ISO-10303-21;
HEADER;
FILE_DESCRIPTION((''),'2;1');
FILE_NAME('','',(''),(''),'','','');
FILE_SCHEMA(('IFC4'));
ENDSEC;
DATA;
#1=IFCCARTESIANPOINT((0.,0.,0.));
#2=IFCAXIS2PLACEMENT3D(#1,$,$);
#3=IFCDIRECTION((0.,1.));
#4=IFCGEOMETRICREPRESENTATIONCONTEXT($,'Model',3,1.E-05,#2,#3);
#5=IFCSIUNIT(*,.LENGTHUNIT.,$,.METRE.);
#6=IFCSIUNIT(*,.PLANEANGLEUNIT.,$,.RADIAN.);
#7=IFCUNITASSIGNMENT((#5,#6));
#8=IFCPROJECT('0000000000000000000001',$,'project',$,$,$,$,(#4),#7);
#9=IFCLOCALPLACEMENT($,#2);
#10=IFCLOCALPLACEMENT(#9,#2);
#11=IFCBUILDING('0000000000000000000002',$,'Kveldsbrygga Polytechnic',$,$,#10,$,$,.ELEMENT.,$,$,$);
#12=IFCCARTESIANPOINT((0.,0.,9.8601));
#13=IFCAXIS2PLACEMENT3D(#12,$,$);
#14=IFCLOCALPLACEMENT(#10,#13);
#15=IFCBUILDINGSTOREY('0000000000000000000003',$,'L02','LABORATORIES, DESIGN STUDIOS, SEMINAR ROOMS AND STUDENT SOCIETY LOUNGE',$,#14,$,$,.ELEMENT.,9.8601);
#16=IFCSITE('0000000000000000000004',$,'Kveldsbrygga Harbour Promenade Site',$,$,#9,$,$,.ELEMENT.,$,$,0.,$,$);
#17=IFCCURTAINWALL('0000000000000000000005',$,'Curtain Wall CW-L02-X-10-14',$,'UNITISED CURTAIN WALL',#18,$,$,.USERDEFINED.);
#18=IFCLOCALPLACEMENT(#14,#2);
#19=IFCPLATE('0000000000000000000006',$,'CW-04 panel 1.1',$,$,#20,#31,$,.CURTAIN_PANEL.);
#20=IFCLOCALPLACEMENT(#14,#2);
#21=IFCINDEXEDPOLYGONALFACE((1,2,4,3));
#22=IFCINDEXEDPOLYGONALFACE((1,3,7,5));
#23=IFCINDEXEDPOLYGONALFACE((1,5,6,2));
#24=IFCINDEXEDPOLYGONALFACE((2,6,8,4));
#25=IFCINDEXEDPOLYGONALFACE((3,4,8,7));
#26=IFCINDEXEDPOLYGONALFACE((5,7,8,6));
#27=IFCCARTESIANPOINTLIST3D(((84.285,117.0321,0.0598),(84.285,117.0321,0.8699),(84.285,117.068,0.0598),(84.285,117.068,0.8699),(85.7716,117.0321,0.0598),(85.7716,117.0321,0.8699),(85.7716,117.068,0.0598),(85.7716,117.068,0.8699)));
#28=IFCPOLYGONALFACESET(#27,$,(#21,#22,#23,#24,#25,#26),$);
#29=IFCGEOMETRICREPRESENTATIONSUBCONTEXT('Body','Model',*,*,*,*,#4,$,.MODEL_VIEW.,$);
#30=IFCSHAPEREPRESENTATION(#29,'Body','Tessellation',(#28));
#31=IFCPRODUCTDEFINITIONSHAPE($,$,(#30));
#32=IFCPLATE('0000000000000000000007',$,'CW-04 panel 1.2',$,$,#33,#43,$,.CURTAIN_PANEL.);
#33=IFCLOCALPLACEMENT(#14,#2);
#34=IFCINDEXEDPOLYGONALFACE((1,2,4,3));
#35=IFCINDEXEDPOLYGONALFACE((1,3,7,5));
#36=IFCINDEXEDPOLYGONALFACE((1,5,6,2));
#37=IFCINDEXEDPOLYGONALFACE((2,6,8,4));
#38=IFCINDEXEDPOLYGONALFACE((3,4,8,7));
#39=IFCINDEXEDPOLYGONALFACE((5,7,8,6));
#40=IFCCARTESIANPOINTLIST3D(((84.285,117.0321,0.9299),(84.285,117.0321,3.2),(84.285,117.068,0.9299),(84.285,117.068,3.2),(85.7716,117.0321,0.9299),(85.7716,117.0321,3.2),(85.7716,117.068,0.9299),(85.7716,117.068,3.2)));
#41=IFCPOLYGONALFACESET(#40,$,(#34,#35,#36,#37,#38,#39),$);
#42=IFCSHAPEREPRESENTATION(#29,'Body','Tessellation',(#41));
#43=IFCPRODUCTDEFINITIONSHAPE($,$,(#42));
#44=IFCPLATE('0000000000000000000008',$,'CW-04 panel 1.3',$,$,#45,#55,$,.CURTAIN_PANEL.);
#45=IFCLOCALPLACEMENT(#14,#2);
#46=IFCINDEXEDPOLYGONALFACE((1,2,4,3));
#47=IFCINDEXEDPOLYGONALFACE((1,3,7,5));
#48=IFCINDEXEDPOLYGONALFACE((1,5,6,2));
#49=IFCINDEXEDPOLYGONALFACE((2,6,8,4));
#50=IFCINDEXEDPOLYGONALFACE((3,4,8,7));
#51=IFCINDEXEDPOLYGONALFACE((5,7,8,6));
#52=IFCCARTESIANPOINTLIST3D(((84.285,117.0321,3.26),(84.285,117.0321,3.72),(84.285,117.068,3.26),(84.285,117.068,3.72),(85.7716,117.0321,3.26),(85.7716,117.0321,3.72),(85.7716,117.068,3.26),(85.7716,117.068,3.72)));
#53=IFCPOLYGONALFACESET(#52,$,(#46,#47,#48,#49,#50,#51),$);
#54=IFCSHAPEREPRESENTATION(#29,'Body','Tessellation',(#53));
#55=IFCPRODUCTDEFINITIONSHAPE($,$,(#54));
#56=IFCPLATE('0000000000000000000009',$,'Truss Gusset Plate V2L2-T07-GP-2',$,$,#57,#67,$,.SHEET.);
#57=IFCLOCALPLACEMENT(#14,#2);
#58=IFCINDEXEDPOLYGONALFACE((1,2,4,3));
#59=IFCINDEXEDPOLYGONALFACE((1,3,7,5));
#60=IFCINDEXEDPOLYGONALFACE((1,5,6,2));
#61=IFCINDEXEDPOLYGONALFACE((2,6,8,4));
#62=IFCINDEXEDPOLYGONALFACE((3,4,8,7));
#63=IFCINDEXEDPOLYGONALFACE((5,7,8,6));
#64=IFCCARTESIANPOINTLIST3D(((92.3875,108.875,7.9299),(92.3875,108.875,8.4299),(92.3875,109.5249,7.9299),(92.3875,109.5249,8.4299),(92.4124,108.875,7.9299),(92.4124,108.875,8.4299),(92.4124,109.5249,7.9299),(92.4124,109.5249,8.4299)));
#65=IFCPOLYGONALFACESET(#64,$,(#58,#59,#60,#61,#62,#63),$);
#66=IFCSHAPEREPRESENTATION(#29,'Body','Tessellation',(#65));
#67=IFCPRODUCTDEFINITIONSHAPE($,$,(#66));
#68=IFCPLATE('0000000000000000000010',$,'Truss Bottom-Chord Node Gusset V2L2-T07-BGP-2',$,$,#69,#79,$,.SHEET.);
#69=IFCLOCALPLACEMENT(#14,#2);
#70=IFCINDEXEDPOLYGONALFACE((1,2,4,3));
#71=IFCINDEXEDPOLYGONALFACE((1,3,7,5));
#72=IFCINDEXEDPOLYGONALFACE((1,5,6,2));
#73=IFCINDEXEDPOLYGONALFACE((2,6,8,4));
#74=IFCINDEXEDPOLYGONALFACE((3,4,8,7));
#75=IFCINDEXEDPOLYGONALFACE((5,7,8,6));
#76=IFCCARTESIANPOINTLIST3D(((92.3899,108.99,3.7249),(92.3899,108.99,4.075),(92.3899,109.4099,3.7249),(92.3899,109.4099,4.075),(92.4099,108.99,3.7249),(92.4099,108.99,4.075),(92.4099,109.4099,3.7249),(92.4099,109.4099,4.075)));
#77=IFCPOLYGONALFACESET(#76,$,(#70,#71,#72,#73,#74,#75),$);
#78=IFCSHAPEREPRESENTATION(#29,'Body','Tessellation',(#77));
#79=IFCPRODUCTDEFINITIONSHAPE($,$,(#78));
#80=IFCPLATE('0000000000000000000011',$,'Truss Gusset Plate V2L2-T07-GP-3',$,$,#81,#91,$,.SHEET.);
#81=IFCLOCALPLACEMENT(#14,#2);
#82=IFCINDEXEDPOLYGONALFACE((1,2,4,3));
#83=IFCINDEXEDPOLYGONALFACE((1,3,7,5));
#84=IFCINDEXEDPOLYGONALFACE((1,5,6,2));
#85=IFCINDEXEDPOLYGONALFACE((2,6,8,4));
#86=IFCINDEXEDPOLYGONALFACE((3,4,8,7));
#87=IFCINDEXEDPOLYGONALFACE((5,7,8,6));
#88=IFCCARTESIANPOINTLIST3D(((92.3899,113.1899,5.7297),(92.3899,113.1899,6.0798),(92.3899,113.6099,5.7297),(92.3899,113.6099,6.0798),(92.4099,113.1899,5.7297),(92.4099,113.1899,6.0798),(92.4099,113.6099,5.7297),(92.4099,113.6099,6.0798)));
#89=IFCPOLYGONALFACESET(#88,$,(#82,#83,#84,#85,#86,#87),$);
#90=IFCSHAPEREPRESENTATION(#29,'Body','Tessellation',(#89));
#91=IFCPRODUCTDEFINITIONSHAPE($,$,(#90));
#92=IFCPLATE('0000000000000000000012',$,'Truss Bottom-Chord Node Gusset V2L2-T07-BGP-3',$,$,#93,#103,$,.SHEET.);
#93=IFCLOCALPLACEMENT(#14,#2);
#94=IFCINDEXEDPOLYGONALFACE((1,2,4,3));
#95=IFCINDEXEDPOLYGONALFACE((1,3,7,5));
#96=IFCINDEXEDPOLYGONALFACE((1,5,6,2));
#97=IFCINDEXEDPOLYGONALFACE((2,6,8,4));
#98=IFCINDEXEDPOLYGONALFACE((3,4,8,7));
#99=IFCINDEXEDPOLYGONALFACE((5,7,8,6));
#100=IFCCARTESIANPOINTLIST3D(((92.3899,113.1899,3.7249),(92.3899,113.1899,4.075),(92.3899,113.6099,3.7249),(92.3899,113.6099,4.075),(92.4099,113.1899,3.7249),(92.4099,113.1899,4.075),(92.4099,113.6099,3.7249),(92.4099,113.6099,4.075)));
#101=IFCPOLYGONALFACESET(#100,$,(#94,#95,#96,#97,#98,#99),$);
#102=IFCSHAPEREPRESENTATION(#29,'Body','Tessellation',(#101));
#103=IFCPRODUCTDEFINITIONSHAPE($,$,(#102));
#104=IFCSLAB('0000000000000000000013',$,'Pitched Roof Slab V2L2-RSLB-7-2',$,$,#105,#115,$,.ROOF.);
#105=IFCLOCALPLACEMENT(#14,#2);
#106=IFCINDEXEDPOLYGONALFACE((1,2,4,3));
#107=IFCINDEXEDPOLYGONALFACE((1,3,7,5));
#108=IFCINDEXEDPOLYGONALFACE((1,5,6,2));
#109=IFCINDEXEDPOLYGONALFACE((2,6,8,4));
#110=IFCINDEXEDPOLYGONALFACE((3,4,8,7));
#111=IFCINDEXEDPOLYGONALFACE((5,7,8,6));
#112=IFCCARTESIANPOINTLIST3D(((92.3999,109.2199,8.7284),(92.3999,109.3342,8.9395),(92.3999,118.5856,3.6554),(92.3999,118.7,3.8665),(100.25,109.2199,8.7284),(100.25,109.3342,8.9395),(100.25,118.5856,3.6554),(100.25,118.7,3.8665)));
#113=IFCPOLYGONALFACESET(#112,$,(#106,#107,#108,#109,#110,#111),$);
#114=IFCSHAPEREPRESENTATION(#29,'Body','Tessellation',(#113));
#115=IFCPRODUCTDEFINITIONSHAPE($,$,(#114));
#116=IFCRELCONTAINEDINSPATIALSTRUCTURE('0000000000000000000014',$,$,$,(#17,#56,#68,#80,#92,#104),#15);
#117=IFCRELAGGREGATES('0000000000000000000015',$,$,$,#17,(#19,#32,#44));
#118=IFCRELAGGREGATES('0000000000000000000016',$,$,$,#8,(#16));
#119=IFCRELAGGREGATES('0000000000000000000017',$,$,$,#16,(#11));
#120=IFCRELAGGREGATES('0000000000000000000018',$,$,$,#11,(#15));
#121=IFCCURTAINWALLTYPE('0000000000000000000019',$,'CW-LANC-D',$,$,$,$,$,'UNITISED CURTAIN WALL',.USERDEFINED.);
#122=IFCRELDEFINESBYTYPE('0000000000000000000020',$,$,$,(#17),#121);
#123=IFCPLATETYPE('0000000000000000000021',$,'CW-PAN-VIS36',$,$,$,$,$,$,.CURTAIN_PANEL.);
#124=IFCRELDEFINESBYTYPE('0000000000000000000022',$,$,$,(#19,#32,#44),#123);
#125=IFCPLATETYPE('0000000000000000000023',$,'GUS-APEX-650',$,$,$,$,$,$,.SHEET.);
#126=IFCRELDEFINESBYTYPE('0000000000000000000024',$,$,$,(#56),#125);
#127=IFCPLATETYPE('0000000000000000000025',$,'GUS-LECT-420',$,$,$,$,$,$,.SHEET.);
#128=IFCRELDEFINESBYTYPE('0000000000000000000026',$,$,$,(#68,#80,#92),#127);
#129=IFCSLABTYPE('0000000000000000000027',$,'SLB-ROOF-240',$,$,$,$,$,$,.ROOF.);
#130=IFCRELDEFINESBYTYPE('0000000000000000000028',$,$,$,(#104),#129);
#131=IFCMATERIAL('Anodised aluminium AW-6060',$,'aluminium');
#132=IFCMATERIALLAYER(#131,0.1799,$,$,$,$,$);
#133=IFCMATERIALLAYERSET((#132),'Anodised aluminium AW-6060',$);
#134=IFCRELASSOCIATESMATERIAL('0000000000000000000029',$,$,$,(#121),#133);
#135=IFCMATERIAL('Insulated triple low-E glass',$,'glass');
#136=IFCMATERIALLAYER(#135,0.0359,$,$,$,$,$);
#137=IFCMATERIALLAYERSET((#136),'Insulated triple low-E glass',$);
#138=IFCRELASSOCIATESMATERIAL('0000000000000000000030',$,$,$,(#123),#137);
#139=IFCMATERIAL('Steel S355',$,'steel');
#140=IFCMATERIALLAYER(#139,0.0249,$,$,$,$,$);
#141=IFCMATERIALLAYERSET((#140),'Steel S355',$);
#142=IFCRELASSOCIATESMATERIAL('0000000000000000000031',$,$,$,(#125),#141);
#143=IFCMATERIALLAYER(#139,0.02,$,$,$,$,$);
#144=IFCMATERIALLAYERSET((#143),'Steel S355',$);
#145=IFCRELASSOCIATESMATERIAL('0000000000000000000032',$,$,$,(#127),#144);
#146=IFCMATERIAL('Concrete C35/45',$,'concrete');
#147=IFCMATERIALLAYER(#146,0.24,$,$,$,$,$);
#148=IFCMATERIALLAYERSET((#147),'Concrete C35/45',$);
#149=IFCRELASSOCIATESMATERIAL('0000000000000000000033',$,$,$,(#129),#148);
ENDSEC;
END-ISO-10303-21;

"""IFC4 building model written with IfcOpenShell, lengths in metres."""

from ifc_helpers import new_model, si_unit, direction, frame, origin, origin_2d, place, context, subcontext, project, spatial, polyline, rectangle, outline, extrude, material, layer, layer_set, type_object, element, aggregate, save


model = new_model("IFC4")

# Units and contexts
model_context = context("Model", 3, precision=1e-05, world=origin(), true_north=direction((0.0, 1.0)))
body_context = subcontext(model_context, "Body", "Model", "MODEL_VIEW")
ifc_project = project(units=[si_unit("LENGTHUNIT", "METRE"), si_unit("PLANEANGLEUNIT", "RADIAN")], contexts=[model_context])

# Site, building, storey
site_placement = place(None, origin())
site = spatial("IfcSite", under=ifc_project, at=site_placement, Name="Kveldsbrygga Harbour Promenade Site", CompositionType="ELEMENT", RefElevation=0.0)
building_placement = place(site_placement, origin())
building = spatial("IfcBuilding", under=site, at=building_placement, Name="Kveldsbrygga Polytechnic", CompositionType="ELEMENT")
storey_placement = place(building_placement, frame((0.0, 0.0, 9.8601)))
storey = spatial("IfcBuildingStorey", under=building, at=storey_placement, Name="L02", Description="LABORATORIES, DESIGN STUDIOS, SEMINAR ROOMS AND STUDENT SOCIETY LOUNGE", CompositionType="ELEMENT", Elevation=9.8601)

# Curtain wall
ifc_material_1 = material(Name="Anodised aluminium AW-6060", Category="aluminium")
ifc_layer_1 = layer(ifc_material_1, 0.1799)
ifc_layer_set_1 = layer_set([ifc_layer_1], Name="Anodised aluminium AW-6060")
curtain_wall_type = type_object("IfcCurtainWallType", Name="CW-LANC-D", ElementType="UNITISED CURTAIN WALL", PredefinedType="USERDEFINED", material=ifc_layer_set_1)
curtain_wall_placement = place(storey_placement, origin())
curtain_wall = element("IfcCurtainWall", 1, at=curtain_wall_placement, inside=storey, type_object=curtain_wall_type, Name="Curtain Wall CW-L02-X-10-14", ObjectType="UNITISED CURTAIN WALL", PredefinedType="USERDEFINED")

# Shared definitions
ifc_material_2 = material(Name="Steel S355", Category="steel")

# Plates
ifc_material_3 = material(Name="Insulated triple low-E glass", Category="glass")
ifc_layer_2 = layer(ifc_material_3, 0.0359)
ifc_layer_set_2 = layer_set([ifc_layer_2], Name="Insulated triple low-E glass")
plate_type_1 = type_object("IfcPlateType", Name="CW-PAN-VIS36", PredefinedType="CURTAIN_PANEL", material=ifc_layer_set_2)
plate_1_placement = place(storey_placement, frame((85.0283, 117.05, 0.0598), z_axis=(0.0, 0.0, 1.0), x_axis=(1.0, 0.0, 0.0)))
plate_1 = element("IfcPlate", 2, at=plate_1_placement, type_object=plate_type_1, Name="CW-04 panel 1.1", PredefinedType="CURTAIN_PANEL", context=body_context, shape_type="SweptSolid", body=[
    extrude(rectangle(XDim=1.4866, YDim=0.0359, at=origin_2d()), origin(), (0.0, 0.0, 1.0), 0.8101),
])
plate_2_placement = place(storey_placement, frame((85.0283, 117.05, 0.9299), z_axis=(0.0, 0.0, 1.0), x_axis=(1.0, 0.0, 0.0)))
plate_2 = element("IfcPlate", 3, at=plate_2_placement, type_object=plate_type_1, Name="CW-04 panel 1.2", PredefinedType="CURTAIN_PANEL", context=body_context, shape_type="SweptSolid", body=[
    extrude(rectangle(XDim=1.4866, YDim=0.0359, at=origin_2d()), origin(), (0.0, 0.0, 1.0), 2.27),
])
plate_3_placement = place(storey_placement, frame((85.0283, 117.05, 3.26), z_axis=(0.0, 0.0, 1.0), x_axis=(1.0, 0.0, 0.0)))
plate_3 = element("IfcPlate", 4, at=plate_3_placement, type_object=plate_type_1, Name="CW-04 panel 1.3", PredefinedType="CURTAIN_PANEL", context=body_context, shape_type="SweptSolid", body=[
    extrude(rectangle(XDim=1.4866, YDim=0.0359, at=origin_2d()), origin(), (0.0, 0.0, 1.0), 0.46),
])
aggregate(curtain_wall, [plate_1, plate_2, plate_3])

# Plates
ifc_layer_3 = layer(ifc_material_2, 0.0249)
ifc_layer_set_3 = layer_set([ifc_layer_3], Name="Steel S355")
plate_type_2 = type_object("IfcPlateType", Name="GUS-APEX-650", PredefinedType="SHEET", material=ifc_layer_set_3)
plate_4_placement = place(storey_placement, frame((92.3999, 109.2, 7.9299), z_axis=(0.0, 0.0, 1.0), x_axis=(1.0, 0.0, 0.0)))
element("IfcPlate", 5, at=plate_4_placement, inside=storey, type_object=plate_type_2, Name="Truss Gusset Plate V2L2-T07-GP-2", PredefinedType="SHEET", context=body_context, shape_type="SweptSolid", body=[
    extrude(rectangle(XDim=0.0249, YDim=0.6499, at=origin_2d()), origin(), (0.0, 0.0, 1.0), 0.5),
])
ifc_layer_4 = layer(ifc_material_2, 0.02)
ifc_layer_set_4 = layer_set([ifc_layer_4], Name="Steel S355")
plate_type_3 = type_object("IfcPlateType", Name="GUS-LECT-420", PredefinedType="SHEET", material=ifc_layer_set_4)
for number, where, z_axis, x_axis, name in (
    (6, (92.3999, 109.2, 3.7249), (0.0, 0.0, 1.0), (1.0, 0.0, 0.0), "Truss Bottom-Chord Node Gusset V2L2-T07-BGP-2"),
    (7, (92.3999, 113.3999, 5.7297), (0.0, 0.0, 1.0), (1.0, 0.0, 0.0), "Truss Gusset Plate V2L2-T07-GP-3"),
    (8, (92.3999, 113.3999, 3.7249), (0.0, 0.0, 1.0), (1.0, 0.0, 0.0), "Truss Bottom-Chord Node Gusset V2L2-T07-BGP-3"),
):
    element("IfcPlate", number, at=place(storey_placement, frame(where, z_axis=z_axis, x_axis=x_axis)), inside=storey, type_object=plate_type_3, Name=name, PredefinedType="SHEET", context=body_context, shape_type="SweptSolid", body=[
        extrude(rectangle(XDim=0.02, YDim=0.4199, at=origin_2d()), origin(), (0.0, 0.0, 1.0), 0.3501),
    ])

# Slab
ifc_material_4 = material(Name="Concrete C35/45", Category="concrete")
ifc_layer_5 = layer(ifc_material_4, 0.24)
ifc_layer_set_5 = layer_set([ifc_layer_5], Name="Concrete C35/45")
slab_type = type_object("IfcSlabType", Name="SLB-ROOF-240", PredefinedType="ROOF", material=ifc_layer_set_5)
slab_placement = place(storey_placement, frame((92.3999, 109.3342, 8.9395), z_axis=(0.0, 0.476276, 0.879296), x_axis=(1.0, 0.0, 0.0)))
element("IfcSlab", 9, at=slab_placement, inside=storey, type_object=slab_type, Name="Pitched Roof Slab V2L2-RSLB-7-2", PredefinedType="ROOF", context=body_context, shape_type="SweptSolid", body=[
    extrude(outline(polyline([(0.0, 0.0), (7.8501, 0.0), (7.8501, 10.6514), (0.0, 10.6514), (0.0, 0.0)])), origin(), (0.0, 0.0, -1.0), 0.24),
])

save(model, "model.ifc")
